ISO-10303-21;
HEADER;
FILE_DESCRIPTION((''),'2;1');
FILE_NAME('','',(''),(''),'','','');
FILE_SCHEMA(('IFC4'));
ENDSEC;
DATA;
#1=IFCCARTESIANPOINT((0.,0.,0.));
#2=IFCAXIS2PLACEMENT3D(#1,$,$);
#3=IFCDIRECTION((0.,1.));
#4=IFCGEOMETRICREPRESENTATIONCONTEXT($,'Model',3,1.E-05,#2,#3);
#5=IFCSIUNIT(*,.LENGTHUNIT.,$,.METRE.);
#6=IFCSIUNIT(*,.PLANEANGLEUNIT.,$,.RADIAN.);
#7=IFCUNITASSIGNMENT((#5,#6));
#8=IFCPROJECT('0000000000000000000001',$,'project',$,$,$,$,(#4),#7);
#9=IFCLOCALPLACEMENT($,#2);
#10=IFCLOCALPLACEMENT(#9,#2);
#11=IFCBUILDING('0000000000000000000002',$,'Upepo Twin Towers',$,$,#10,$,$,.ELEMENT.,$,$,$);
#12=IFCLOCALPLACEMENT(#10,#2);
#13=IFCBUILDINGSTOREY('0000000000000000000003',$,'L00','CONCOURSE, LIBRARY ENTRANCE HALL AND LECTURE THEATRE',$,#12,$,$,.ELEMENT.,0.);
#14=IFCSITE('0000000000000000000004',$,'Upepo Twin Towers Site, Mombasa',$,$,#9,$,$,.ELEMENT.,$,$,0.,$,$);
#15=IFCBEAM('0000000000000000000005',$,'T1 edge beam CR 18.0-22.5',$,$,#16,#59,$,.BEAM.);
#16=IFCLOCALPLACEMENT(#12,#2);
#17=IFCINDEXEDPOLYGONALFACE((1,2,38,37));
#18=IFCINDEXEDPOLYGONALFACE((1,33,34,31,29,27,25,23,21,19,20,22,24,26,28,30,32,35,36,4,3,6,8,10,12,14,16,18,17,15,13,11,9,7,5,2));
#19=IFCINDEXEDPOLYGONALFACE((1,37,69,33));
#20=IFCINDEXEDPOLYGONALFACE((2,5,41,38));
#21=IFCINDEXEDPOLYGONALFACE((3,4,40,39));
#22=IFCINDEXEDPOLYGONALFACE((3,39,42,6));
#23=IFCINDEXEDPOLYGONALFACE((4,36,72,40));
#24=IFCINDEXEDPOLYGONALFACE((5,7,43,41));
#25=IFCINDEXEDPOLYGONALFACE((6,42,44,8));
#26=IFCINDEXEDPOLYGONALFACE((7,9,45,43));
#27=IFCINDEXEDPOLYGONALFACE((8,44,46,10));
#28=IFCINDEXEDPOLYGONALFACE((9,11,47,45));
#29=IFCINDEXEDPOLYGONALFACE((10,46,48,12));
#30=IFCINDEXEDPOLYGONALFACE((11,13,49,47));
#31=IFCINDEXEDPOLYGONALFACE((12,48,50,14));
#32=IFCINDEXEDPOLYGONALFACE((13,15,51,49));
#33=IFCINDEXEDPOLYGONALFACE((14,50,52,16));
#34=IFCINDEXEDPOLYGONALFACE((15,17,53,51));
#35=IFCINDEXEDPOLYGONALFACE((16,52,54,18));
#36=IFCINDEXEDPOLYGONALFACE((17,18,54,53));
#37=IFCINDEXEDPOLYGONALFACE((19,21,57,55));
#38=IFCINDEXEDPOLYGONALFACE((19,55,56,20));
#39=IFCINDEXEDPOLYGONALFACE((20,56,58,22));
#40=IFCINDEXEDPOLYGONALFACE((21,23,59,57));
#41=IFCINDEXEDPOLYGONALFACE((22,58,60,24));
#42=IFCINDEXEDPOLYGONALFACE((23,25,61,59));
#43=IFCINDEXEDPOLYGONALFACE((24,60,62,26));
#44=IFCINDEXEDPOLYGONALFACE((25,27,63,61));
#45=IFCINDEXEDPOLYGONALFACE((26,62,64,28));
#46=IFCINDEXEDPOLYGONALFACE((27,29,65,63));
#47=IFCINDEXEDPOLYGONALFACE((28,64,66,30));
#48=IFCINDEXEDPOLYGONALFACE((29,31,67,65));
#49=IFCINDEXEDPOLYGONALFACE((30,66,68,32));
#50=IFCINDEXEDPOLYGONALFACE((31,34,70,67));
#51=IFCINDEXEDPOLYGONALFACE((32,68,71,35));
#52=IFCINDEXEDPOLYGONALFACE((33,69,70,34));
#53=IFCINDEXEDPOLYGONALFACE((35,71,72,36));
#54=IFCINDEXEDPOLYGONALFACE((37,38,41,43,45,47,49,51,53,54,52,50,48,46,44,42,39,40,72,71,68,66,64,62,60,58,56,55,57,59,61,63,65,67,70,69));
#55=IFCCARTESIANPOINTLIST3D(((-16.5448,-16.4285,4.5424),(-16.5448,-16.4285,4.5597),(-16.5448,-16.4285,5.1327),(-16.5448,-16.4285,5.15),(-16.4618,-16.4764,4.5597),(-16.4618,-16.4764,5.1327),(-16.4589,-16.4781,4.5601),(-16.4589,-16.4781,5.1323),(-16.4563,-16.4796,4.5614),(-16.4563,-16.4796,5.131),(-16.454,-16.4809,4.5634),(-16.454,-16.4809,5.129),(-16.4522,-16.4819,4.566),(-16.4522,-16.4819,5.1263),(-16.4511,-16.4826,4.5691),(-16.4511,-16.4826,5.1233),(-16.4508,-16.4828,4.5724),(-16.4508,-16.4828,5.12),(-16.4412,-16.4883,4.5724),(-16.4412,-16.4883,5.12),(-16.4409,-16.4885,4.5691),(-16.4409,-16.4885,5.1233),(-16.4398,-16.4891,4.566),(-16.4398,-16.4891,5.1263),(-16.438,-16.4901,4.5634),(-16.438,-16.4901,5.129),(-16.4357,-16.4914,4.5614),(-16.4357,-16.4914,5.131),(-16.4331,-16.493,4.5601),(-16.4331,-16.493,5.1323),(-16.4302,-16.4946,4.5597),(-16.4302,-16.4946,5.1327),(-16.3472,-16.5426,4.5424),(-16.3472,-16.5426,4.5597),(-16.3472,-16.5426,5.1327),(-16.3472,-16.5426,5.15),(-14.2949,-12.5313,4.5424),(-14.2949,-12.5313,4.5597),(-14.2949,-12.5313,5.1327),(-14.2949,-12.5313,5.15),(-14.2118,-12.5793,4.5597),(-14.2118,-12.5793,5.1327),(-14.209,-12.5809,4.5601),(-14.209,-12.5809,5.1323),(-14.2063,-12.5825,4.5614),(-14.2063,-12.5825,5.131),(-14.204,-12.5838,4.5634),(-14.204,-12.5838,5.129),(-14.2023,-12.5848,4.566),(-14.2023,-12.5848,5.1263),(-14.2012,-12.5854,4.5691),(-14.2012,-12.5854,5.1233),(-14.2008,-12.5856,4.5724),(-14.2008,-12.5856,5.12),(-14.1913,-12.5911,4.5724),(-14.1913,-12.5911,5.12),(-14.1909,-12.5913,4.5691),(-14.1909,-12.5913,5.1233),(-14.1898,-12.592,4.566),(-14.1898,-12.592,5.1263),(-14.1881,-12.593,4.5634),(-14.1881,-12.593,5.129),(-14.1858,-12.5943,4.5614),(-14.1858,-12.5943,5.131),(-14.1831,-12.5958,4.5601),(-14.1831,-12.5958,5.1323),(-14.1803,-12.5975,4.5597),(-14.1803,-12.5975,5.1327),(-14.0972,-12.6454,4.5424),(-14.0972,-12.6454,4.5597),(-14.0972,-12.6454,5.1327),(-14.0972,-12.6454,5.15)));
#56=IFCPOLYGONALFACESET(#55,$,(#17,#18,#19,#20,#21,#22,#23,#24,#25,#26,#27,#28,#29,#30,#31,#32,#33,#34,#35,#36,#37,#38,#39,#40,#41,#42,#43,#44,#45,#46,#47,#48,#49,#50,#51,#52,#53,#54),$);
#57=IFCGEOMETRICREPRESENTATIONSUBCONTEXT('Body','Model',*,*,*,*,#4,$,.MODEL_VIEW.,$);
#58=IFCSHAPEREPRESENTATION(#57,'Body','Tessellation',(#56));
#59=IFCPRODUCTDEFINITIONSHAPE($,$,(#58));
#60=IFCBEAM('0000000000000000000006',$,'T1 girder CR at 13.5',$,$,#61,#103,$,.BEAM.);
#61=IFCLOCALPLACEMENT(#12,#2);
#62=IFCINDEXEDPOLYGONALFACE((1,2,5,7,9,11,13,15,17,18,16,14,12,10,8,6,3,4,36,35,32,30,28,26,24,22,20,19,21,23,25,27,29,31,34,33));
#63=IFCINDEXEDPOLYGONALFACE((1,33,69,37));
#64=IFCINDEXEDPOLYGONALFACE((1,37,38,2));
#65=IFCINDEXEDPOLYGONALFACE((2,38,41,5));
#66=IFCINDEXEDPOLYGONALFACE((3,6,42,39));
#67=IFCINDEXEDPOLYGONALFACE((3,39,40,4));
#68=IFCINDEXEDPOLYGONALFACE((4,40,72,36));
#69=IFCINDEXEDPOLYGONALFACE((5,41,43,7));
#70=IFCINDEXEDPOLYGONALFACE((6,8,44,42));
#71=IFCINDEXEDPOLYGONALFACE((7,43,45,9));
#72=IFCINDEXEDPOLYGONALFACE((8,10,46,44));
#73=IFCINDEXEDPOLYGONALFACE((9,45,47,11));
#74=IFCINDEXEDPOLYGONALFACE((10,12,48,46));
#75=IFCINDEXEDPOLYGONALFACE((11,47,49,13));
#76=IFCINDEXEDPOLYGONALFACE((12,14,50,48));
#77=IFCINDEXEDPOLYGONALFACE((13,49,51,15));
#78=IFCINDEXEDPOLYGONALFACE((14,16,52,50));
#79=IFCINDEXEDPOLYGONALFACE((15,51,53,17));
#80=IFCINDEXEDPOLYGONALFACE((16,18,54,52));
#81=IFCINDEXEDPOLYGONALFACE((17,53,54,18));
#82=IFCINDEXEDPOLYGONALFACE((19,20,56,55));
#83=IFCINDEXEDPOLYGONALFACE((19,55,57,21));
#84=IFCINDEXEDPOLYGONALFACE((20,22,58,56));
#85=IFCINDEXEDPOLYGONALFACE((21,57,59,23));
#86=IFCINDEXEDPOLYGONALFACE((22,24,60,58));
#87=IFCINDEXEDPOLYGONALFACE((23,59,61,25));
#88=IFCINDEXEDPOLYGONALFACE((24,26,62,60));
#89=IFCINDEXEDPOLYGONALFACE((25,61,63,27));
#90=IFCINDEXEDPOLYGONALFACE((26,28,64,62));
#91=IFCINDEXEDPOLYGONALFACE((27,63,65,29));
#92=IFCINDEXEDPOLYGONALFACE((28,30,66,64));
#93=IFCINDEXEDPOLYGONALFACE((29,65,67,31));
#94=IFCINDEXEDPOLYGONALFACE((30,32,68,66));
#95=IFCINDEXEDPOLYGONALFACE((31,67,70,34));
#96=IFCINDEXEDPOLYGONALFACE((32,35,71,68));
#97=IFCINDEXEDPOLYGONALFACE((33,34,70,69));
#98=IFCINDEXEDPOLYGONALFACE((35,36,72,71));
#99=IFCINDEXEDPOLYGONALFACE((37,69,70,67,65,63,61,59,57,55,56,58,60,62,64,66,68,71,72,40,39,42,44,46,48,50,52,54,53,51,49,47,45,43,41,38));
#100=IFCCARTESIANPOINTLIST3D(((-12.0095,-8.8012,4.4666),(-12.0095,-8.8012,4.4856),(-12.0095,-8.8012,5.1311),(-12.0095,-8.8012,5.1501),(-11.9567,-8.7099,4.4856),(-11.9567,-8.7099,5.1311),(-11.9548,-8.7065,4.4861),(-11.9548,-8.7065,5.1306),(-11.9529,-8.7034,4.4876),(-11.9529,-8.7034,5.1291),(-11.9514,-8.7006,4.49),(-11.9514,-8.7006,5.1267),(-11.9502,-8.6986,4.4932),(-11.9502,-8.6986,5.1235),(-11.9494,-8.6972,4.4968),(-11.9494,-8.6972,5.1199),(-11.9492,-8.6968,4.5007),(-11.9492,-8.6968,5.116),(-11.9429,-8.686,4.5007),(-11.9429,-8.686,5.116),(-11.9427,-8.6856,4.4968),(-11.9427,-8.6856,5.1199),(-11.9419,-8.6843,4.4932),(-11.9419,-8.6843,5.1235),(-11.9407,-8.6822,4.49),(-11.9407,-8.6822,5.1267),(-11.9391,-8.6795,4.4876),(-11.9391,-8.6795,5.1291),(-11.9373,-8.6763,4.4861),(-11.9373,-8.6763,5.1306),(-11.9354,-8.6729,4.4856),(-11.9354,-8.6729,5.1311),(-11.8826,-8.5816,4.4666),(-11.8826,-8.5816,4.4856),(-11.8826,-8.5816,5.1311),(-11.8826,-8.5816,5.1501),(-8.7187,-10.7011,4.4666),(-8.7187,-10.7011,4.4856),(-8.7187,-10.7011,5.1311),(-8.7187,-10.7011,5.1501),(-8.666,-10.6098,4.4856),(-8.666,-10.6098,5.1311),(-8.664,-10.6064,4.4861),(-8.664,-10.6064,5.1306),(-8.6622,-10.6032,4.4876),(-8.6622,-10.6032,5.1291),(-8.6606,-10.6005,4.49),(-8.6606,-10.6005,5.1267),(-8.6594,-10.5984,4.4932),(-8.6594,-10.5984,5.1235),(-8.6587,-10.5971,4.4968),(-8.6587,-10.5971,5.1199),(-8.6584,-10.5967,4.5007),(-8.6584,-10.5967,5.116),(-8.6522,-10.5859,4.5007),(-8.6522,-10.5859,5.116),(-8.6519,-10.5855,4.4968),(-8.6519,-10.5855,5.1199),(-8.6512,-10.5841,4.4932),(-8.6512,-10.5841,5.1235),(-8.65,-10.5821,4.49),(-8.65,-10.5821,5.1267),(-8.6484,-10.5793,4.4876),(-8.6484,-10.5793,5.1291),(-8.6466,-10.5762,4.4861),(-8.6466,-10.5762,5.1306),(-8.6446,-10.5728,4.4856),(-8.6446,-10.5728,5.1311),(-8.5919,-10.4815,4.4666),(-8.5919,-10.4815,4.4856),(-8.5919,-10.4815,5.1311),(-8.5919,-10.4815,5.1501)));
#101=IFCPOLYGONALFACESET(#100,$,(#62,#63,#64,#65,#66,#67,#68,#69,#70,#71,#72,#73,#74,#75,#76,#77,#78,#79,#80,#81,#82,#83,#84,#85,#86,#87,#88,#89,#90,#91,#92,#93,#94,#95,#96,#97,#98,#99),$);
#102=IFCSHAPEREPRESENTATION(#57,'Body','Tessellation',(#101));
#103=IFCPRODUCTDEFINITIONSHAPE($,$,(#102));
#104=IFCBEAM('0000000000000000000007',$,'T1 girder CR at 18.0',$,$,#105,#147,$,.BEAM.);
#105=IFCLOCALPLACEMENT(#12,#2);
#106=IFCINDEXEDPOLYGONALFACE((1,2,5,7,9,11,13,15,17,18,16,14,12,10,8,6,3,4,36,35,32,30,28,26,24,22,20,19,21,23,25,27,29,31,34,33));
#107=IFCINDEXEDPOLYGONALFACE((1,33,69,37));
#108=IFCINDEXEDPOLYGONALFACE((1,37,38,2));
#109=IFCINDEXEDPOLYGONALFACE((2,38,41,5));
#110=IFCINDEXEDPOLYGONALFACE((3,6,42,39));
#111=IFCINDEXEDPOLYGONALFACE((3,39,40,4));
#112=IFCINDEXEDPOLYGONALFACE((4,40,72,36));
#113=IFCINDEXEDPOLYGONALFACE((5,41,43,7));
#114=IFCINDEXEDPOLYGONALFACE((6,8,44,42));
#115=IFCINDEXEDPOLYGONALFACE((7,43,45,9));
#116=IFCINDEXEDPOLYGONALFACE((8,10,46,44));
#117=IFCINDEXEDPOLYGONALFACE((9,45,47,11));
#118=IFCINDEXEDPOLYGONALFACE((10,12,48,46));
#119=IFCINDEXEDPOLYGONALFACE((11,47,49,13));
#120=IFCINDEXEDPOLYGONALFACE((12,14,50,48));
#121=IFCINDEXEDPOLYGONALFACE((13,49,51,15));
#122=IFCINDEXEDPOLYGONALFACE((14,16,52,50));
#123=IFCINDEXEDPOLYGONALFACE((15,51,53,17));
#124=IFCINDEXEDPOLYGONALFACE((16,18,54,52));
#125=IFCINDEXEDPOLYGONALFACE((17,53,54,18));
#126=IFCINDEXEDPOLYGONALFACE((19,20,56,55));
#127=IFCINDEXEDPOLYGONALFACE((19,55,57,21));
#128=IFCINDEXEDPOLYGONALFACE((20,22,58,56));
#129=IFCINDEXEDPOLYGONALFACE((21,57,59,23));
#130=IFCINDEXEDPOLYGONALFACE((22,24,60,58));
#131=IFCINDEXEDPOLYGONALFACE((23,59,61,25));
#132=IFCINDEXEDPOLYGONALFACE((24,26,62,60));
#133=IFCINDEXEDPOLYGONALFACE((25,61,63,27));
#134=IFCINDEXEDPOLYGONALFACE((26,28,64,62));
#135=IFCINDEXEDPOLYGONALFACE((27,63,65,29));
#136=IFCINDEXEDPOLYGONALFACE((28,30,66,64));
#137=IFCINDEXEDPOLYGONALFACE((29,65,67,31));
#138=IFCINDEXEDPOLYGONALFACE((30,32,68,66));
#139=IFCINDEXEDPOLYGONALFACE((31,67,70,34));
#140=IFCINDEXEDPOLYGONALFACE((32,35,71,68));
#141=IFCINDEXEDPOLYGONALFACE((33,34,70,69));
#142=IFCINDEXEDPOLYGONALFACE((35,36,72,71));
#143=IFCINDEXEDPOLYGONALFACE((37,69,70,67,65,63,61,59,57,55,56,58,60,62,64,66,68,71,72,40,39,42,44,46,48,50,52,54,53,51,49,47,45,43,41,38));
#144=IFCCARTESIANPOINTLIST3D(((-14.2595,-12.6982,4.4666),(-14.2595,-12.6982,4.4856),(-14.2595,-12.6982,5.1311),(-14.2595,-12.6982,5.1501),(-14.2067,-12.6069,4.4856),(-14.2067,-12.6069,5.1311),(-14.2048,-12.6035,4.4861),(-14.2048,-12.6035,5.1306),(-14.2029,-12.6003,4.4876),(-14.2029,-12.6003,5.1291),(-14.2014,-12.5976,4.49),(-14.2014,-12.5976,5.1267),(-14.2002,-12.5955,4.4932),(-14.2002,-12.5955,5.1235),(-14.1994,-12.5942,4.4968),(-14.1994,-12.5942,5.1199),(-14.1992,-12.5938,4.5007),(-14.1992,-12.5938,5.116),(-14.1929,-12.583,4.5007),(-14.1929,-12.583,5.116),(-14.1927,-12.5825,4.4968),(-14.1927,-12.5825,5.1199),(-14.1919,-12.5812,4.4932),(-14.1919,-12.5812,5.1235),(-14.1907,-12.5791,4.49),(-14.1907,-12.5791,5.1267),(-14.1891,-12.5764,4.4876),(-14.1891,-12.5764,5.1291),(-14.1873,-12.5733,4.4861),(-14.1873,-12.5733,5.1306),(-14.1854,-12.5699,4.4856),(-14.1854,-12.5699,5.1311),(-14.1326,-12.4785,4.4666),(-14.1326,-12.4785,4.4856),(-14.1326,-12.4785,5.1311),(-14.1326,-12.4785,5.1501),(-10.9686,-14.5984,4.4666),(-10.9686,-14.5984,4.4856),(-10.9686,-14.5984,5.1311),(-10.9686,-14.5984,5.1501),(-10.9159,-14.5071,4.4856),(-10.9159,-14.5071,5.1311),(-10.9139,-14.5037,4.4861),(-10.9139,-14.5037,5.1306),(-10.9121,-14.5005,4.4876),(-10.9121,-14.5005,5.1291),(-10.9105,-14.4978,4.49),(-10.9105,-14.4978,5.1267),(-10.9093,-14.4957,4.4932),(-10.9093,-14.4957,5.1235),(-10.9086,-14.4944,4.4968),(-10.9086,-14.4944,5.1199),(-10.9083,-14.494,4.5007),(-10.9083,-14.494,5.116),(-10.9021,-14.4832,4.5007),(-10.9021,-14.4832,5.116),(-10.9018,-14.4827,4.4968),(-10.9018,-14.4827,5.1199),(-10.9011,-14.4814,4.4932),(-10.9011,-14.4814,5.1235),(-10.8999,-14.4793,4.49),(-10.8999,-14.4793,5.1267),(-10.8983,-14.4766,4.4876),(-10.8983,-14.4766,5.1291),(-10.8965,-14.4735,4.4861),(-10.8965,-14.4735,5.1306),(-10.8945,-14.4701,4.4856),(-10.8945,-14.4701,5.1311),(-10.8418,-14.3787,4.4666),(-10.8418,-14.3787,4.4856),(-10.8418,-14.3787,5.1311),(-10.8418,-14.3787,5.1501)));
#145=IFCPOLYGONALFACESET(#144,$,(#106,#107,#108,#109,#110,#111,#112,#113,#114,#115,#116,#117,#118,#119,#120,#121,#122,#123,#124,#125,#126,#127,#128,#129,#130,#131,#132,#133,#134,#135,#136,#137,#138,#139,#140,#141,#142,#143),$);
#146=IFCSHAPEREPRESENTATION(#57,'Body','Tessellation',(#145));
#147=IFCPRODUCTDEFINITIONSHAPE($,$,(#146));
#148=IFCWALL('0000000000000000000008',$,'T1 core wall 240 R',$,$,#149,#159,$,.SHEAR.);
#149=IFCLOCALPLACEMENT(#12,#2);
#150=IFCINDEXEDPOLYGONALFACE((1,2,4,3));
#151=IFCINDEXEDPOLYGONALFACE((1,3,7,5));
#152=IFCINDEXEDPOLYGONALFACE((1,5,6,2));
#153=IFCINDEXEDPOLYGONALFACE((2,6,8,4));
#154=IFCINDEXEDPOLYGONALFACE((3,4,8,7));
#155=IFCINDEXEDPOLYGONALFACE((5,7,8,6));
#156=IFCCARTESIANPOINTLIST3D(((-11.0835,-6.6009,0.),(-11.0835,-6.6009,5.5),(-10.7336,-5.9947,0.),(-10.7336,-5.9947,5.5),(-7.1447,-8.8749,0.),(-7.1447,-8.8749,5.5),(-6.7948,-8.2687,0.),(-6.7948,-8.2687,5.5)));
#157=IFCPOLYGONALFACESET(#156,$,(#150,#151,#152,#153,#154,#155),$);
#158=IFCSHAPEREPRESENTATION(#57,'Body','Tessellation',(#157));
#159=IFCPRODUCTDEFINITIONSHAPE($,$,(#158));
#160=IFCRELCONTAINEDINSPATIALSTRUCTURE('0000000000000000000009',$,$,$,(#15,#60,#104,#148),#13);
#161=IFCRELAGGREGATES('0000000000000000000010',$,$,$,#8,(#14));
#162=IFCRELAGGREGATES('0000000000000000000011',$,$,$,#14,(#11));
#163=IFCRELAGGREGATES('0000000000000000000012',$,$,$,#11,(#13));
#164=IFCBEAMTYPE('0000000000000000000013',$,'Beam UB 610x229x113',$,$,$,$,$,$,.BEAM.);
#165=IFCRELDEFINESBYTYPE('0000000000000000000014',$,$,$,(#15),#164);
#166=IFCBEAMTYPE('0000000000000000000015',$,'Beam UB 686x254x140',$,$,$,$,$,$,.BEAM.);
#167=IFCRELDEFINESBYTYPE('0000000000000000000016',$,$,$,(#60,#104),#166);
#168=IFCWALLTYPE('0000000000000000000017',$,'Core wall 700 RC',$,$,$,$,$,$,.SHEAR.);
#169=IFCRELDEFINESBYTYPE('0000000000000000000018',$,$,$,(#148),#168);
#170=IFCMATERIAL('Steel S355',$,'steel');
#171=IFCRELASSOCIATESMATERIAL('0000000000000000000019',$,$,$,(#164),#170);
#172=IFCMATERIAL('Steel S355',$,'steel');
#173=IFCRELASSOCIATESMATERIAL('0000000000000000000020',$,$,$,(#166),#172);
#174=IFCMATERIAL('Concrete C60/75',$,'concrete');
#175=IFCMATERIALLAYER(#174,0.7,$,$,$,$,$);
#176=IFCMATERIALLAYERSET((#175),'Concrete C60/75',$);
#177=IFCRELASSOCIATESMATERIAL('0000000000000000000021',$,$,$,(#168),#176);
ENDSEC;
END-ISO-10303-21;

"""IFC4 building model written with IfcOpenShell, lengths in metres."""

from ifc_helpers import new_model, si_unit, direction, frame, frame_2d, origin, origin_2d, place, context, subcontext, project, spatial, rectangle, i_section, extrude, material, layer, layer_set, material_profile, profile_set, type_object, element, save


model = new_model("IFC4")

# Units and contexts
model_context = context("Model", 3, precision=1e-05, world=origin(), true_north=direction((0.0, 1.0)))
body_context = subcontext(model_context, "Body", "Model", "MODEL_VIEW")
ifc_project = project(units=[si_unit("LENGTHUNIT", "METRE"), si_unit("PLANEANGLEUNIT", "RADIAN")], contexts=[model_context])

# Site, building, storey
site_placement = place(None, origin())
site = spatial("IfcSite", under=ifc_project, at=site_placement, Name="Upepo Twin Towers Site, Mombasa", CompositionType="ELEMENT", RefElevation=0.0)
building_placement = place(site_placement, origin())
building = spatial("IfcBuilding", under=site, at=building_placement, Name="Upepo Twin Towers", CompositionType="ELEMENT")
storey_placement = place(building_placement, origin())
storey = spatial("IfcBuildingStorey", under=building, at=storey_placement, Name="L00", Description="CONCOURSE, LIBRARY ENTRANCE HALL AND LECTURE THEATRE", CompositionType="ELEMENT", Elevation=0.0)

# Beams
ifc_material_1 = material(Name="Steel S355", Category="steel")
ifc_material_profile_1 = material_profile(ifc_material_1, i_section(OverallWidth=0.2283, OverallDepth=0.6077, WebThickness=0.011, FlangeThickness=0.0173, FilletRadius=0.0127, at=origin_2d()), Name="UB 610x229x113")
ifc_profile_set_1 = profile_set([ifc_material_profile_1], Name="Steel S355")
beam_type_1 = type_object("IfcBeamType", Name="Beam UB 610x229x113", PredefinedType="BEAM", material=ifc_profile_set_1)
beam_1_placement = place(storey_placement, frame((-14.196, -12.5884, 4.8462), z_axis=(-0.49999, -0.866031, 0.0), x_axis=(0.866031, -0.49999, 0.0)))
element("IfcBeam", 1, at=beam_1_placement, inside=storey, type_object=beam_type_1, Name="T1 edge beam CR 18.0-22.5", PredefinedType="BEAM", context=body_context, shape_type="SweptSolid", body=[
    extrude(i_section(OverallWidth=0.2283, OverallDepth=0.6077, WebThickness=0.011, FlangeThickness=0.0173, FilletRadius=0.0127, at=origin_2d()), origin(), (0.0, 0.0, 1.0), 4.5),
])
ifc_material_2 = material(Name="Steel S355", Category="steel")
ifc_material_profile_2 = material_profile(ifc_material_2, i_section(OverallWidth=0.2537, OverallDepth=0.6836, WebThickness=0.0125, FlangeThickness=0.019, FilletRadius=0.0151, at=origin_2d()), Name="UB 686x254x140")
ifc_profile_set_2 = profile_set([ifc_material_profile_2], Name="Steel S355")
beam_type_2 = type_object("IfcBeamType", Name="Beam UB 686x254x140", PredefinedType="BEAM", material=ifc_profile_set_2)
beam_2_placement = place(storey_placement, frame((-11.946, -8.6914, 4.8083), z_axis=(0.866028, -0.499995, 0.0), x_axis=(0.499995, 0.866028, 0.0)))
element("IfcBeam", 2, at=beam_2_placement, inside=storey, type_object=beam_type_2, Name="T1 girder CR at 13.5", PredefinedType="BEAM", context=body_context, shape_type="SweptSolid", body=[
    extrude(i_section(OverallWidth=0.2537, OverallDepth=0.6836, WebThickness=0.0125, FlangeThickness=0.019, FilletRadius=0.0151, at=origin_2d()), origin(), (0.0, 0.0, 1.0), 3.7998),
])
beam_3_placement = place(storey_placement, frame((-14.196, -12.5884, 4.8083), z_axis=(0.866, -0.500043, 0.0), x_axis=(0.500043, 0.866, 0.0)))
element("IfcBeam", 3, at=beam_3_placement, inside=storey, type_object=beam_type_2, Name="T1 girder CR at 18.0", PredefinedType="BEAM", context=body_context, shape_type="SweptSolid", body=[
    extrude(i_section(OverallWidth=0.2537, OverallDepth=0.6836, WebThickness=0.0125, FlangeThickness=0.019, FilletRadius=0.0151, at=origin_2d()), origin(), (0.0, 0.0, 1.0), 3.8),
])

# Wall
ifc_material_3 = material(Name="Concrete C60/75", Category="concrete")
ifc_layer_1 = layer(ifc_material_3, 0.7)
ifc_layer_set_1 = layer_set([ifc_layer_1], Name="Concrete C60/75")
wall_type_1 = type_object("IfcWallType", Name="Core wall 700 RC", PredefinedType="SHEAR", material=ifc_layer_set_1)
wall_1_placement = place(storey_placement, frame((-10.9084, -6.2979, 0.0), z_axis=(0.0, 0.0, 1.0), x_axis=(0.866035, -0.499984, 0.0)))
element("IfcWall", 4, at=wall_1_placement, inside=storey, type_object=wall_type_1, Name="T1 core wall 240 R", PredefinedType="SHEAR", context=body_context, shape_type="SweptSolid", body=[
    extrude(rectangle(XDim=4.5481, YDim=0.7, at=frame_2d((2.2739, 0.0))), origin(), (0.0, 0.0, 1.0), 5.5),
])

save(model, "model.ifc")
